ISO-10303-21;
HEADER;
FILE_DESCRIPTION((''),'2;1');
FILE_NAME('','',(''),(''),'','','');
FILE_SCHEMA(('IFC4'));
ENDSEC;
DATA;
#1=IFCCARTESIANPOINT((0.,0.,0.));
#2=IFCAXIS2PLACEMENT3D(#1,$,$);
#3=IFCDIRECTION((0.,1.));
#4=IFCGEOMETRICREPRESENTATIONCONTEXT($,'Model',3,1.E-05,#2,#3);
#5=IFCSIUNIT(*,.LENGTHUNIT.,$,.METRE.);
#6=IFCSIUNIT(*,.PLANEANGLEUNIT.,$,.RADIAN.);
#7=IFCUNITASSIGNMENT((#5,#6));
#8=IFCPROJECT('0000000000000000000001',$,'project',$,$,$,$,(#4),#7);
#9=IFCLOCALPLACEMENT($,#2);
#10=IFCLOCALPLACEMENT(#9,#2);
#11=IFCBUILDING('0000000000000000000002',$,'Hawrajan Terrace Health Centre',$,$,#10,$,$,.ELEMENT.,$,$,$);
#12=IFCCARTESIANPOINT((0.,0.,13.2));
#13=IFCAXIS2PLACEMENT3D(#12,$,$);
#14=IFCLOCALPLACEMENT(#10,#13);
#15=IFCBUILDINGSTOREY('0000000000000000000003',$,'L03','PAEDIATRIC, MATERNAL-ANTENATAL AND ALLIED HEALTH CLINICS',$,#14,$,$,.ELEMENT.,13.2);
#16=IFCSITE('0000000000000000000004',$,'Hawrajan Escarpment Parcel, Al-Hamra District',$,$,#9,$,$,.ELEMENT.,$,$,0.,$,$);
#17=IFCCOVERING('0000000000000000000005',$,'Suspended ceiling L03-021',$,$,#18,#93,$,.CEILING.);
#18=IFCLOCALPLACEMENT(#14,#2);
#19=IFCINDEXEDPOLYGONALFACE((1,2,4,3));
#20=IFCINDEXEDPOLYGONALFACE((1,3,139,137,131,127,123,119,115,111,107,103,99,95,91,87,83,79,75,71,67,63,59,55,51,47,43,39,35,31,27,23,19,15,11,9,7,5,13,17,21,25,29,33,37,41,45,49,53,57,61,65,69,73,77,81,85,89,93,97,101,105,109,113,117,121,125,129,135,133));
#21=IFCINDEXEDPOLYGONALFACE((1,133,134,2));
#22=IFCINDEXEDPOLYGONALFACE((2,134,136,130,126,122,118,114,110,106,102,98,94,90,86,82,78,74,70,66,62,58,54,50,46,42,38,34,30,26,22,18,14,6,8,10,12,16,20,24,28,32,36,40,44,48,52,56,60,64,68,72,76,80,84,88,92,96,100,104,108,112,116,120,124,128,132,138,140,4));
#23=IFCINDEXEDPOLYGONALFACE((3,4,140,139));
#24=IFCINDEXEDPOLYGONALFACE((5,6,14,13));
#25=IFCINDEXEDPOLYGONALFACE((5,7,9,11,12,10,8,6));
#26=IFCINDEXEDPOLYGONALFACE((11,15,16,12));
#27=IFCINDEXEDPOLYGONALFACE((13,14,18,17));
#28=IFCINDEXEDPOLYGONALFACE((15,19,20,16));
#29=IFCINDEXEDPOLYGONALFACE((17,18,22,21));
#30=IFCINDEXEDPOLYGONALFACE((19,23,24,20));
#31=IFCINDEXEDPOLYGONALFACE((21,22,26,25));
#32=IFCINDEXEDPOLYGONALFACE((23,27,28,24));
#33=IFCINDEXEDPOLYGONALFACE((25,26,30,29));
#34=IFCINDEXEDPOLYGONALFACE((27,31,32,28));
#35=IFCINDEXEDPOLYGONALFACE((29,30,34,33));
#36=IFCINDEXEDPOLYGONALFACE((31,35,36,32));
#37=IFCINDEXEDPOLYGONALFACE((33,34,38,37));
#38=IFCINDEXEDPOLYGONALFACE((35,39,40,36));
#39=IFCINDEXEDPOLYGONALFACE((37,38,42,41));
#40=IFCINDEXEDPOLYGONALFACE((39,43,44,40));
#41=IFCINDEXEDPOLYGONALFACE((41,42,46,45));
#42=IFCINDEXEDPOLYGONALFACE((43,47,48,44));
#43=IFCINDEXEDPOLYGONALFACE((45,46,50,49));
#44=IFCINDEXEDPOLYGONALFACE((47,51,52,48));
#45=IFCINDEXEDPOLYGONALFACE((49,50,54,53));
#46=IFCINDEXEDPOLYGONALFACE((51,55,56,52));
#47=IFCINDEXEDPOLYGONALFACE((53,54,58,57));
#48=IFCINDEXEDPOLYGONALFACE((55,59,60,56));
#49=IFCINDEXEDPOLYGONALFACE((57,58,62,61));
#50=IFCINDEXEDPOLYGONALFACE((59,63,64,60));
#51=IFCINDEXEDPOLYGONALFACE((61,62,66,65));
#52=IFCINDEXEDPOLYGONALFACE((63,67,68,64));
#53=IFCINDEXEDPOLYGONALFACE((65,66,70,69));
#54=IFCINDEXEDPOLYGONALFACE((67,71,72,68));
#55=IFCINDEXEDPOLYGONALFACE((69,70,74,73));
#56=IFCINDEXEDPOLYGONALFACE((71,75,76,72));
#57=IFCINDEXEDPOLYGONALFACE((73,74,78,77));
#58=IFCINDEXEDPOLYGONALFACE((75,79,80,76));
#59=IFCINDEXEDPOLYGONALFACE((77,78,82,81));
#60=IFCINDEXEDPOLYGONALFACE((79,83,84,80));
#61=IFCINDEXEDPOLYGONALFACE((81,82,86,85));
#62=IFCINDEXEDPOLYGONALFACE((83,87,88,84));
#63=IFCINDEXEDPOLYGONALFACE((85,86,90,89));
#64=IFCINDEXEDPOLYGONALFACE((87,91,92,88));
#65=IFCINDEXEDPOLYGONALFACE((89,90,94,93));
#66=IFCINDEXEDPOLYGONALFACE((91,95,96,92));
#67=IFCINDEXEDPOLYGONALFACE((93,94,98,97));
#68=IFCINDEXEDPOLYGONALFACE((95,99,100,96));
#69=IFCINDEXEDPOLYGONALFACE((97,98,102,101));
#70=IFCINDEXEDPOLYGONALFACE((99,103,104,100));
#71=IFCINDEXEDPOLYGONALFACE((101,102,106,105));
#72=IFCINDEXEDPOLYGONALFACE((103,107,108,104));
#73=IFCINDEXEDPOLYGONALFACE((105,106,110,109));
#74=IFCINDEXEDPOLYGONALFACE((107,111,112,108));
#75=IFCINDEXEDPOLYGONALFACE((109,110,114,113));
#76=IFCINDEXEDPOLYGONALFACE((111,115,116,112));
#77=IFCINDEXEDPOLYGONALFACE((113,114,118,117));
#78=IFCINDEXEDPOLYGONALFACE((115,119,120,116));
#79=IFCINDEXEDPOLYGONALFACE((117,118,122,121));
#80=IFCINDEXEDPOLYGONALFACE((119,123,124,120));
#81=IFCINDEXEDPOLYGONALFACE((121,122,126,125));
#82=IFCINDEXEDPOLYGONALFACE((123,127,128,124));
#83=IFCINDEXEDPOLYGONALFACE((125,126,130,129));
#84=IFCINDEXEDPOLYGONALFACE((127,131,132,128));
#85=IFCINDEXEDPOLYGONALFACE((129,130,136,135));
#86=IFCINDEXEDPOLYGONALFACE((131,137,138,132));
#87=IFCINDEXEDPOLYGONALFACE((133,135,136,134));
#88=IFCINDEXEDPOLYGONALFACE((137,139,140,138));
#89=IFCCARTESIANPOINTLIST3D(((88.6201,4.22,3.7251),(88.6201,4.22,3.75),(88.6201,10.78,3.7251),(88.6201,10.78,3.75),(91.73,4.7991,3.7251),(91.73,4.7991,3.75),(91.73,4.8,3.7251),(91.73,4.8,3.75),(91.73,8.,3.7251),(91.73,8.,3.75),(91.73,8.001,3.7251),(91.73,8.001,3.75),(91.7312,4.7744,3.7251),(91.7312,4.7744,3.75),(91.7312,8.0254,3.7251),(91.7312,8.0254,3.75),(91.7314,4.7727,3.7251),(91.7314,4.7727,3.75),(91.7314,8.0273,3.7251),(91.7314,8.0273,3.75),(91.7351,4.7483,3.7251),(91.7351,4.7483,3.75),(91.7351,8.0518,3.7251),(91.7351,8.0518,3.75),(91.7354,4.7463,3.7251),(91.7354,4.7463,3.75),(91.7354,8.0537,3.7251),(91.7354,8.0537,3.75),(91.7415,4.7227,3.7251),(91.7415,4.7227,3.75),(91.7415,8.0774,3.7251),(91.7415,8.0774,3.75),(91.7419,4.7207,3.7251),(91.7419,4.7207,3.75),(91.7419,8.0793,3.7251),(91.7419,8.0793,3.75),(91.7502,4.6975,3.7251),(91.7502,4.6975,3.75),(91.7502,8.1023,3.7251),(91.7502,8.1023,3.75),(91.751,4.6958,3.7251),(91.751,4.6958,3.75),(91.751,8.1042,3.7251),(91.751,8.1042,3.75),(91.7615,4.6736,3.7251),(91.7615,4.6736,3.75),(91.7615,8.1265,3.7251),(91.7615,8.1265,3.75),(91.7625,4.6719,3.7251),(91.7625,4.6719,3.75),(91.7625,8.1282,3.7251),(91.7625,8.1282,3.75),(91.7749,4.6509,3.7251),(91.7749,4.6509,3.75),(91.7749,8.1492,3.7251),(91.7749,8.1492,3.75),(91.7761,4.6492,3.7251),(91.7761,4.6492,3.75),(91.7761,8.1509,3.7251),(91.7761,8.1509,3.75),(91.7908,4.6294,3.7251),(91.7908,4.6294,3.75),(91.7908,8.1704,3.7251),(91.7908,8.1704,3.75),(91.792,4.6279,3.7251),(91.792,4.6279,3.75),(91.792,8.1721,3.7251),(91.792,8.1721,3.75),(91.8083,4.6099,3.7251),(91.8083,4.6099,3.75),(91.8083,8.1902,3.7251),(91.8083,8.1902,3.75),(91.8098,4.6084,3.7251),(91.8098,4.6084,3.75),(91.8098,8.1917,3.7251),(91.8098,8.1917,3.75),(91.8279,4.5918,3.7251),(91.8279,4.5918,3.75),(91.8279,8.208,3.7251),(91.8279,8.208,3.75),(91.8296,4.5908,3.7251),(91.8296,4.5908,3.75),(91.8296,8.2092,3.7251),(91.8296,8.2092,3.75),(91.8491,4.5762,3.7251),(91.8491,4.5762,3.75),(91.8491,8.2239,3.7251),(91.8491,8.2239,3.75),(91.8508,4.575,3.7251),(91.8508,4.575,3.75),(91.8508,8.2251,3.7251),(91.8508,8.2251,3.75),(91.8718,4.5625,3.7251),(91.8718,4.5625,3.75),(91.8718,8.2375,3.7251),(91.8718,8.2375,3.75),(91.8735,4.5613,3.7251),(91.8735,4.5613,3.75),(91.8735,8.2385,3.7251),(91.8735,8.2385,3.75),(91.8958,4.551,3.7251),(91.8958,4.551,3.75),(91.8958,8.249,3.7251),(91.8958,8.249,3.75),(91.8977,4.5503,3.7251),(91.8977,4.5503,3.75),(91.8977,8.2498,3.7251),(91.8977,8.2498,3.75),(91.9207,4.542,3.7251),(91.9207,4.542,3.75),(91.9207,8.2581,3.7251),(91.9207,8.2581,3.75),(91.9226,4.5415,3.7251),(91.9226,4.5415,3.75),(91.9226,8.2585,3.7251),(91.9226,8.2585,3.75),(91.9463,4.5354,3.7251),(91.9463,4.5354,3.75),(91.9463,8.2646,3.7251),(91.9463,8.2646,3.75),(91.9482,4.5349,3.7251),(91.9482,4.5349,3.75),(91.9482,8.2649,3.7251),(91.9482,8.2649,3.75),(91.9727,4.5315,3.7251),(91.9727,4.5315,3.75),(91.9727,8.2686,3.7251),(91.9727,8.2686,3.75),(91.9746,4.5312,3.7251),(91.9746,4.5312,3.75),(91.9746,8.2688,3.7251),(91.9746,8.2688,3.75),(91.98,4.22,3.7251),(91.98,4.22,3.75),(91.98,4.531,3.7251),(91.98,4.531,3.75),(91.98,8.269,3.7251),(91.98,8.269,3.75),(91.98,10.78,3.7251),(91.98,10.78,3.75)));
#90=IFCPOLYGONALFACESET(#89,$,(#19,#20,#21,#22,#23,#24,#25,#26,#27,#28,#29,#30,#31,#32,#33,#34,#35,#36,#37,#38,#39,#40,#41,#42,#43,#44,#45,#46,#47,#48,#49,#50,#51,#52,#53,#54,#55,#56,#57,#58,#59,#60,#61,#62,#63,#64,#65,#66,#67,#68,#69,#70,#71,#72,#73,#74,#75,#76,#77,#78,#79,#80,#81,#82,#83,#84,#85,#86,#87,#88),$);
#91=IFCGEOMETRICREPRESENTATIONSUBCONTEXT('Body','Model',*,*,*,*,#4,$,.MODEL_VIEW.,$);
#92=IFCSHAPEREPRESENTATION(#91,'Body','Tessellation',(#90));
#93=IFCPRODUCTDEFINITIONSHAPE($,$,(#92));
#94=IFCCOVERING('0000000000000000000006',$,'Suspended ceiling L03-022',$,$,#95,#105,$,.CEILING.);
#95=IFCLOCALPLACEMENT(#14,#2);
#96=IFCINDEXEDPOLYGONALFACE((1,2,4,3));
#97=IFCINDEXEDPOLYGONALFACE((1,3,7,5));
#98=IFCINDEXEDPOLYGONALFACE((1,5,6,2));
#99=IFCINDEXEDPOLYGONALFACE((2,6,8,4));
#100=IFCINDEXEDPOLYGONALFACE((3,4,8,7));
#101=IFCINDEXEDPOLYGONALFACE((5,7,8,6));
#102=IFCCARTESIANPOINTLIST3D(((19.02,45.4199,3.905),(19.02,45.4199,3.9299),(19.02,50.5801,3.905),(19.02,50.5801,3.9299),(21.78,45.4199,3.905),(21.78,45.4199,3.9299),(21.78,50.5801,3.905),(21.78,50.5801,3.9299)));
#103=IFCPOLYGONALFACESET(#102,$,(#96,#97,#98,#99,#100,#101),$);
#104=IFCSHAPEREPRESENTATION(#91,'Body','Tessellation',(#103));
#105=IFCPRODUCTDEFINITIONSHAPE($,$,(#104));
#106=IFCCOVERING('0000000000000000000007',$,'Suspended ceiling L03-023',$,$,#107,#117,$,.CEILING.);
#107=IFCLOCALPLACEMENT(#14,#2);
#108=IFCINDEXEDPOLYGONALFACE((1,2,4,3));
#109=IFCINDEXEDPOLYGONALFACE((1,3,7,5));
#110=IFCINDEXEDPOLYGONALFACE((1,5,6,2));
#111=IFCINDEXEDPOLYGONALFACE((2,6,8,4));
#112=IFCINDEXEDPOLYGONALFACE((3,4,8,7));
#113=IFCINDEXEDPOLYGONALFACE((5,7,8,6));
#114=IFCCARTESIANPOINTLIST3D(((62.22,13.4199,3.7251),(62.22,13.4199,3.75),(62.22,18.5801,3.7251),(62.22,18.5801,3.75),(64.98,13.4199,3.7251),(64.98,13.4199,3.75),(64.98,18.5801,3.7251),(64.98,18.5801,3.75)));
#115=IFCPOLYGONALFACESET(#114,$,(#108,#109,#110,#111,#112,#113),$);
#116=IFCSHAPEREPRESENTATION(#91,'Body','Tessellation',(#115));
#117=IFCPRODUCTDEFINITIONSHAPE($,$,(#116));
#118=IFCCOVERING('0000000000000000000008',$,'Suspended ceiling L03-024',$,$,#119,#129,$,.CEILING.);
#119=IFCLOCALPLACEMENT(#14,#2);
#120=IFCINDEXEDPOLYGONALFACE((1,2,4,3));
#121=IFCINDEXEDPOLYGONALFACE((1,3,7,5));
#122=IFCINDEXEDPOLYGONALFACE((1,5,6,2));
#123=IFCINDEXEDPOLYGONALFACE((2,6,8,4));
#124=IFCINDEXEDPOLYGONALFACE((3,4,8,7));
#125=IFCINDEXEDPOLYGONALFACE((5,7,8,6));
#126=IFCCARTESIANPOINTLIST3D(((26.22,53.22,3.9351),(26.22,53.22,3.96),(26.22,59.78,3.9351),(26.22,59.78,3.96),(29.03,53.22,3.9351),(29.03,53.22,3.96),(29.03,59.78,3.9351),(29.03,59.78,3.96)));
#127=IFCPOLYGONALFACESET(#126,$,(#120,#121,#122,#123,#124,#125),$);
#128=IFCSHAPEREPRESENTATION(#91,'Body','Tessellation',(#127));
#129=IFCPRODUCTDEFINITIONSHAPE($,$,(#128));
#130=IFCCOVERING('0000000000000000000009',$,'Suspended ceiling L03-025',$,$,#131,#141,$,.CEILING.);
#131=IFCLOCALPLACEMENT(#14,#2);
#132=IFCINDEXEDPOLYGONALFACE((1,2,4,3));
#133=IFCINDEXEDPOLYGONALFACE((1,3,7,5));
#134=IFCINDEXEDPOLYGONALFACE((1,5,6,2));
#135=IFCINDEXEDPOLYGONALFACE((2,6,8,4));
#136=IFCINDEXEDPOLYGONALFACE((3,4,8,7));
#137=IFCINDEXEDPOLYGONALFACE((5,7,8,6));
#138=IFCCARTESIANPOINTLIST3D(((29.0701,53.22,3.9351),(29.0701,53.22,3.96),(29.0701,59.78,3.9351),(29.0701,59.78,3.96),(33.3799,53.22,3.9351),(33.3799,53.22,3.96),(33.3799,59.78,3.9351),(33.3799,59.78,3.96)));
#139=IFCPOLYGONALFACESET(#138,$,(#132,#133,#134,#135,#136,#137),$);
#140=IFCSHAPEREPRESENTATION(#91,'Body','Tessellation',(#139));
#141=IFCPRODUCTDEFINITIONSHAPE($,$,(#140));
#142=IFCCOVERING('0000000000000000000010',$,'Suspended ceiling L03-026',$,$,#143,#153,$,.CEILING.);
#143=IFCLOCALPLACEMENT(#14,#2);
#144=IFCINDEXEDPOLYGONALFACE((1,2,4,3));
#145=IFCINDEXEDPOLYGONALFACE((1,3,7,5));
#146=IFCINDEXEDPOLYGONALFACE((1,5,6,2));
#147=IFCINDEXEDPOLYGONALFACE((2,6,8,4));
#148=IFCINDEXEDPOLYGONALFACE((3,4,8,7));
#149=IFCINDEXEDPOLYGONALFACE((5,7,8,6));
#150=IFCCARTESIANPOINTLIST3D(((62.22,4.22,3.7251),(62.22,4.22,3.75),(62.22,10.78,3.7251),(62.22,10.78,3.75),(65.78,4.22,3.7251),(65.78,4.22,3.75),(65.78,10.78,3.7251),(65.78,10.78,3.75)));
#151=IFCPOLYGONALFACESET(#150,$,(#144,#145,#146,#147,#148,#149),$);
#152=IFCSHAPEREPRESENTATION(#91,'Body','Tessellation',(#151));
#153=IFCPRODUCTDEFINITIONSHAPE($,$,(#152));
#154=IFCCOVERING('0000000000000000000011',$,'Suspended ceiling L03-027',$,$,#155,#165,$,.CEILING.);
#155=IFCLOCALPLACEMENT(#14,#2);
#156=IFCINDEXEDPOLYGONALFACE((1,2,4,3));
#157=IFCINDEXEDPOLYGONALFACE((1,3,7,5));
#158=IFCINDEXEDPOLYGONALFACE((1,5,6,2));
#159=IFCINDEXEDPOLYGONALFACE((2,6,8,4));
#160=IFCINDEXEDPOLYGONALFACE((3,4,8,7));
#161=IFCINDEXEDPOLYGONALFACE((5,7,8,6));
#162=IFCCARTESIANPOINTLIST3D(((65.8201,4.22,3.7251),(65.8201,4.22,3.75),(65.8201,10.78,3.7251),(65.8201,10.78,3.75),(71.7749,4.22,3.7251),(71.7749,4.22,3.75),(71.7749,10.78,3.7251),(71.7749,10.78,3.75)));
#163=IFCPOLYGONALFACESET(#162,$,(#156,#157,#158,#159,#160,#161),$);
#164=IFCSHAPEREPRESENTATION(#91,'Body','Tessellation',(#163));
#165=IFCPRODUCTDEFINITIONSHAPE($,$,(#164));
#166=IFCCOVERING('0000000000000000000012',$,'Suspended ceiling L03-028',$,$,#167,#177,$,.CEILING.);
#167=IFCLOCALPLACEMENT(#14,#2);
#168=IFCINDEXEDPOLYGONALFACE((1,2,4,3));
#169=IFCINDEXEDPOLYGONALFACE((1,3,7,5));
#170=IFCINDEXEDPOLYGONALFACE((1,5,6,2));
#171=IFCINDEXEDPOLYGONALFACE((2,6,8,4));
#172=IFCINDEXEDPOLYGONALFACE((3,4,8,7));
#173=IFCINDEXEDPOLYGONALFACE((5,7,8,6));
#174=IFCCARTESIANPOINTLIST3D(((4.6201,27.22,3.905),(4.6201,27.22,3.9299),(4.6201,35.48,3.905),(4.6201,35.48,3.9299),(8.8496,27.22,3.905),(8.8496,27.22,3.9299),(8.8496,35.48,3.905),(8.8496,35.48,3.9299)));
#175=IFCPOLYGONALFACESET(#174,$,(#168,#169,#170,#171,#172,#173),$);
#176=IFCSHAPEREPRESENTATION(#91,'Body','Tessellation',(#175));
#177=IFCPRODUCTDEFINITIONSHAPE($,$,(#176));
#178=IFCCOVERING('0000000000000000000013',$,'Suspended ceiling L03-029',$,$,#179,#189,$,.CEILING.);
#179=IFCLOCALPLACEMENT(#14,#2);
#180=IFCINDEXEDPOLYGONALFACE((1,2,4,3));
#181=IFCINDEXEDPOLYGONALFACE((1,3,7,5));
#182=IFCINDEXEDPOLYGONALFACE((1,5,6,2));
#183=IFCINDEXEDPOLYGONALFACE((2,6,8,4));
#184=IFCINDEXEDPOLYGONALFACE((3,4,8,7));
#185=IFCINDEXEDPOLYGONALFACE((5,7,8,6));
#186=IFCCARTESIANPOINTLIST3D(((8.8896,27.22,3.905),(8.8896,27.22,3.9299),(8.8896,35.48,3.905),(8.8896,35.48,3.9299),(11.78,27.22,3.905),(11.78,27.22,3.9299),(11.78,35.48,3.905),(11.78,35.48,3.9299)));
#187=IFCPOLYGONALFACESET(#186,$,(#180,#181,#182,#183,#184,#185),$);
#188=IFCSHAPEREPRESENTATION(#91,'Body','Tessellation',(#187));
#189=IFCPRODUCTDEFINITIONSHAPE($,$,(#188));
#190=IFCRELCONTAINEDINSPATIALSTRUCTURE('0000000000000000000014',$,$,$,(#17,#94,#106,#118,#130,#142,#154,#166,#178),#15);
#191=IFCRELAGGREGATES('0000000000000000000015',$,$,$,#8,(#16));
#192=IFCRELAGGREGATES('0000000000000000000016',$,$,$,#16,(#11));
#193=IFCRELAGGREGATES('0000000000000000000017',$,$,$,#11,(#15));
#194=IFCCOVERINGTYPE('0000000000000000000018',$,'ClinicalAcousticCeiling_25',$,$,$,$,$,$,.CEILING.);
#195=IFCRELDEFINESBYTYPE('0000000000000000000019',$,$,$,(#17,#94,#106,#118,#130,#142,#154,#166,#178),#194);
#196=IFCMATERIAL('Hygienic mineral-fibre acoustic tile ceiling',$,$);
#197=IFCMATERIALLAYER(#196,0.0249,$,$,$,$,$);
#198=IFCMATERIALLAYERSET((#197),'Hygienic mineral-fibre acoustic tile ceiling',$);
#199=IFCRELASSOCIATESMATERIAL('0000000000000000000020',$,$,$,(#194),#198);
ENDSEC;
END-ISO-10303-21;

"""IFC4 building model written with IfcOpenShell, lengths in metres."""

from ifc_helpers import new_model, si_unit, direction, frame, origin, place, context, subcontext, project, spatial, polyline, outline, extrude, material, layer, layer_set, type_object, element, save


model = new_model("IFC4")

# Units and contexts
model_context = context("Model", 3, precision=1e-05, world=origin(), true_north=direction((0.0, 1.0)))
body_context = subcontext(model_context, "Body", "Model", "MODEL_VIEW")
ifc_project = project(units=[si_unit("LENGTHUNIT", "METRE"), si_unit("PLANEANGLEUNIT", "RADIAN")], contexts=[model_context])

# Site, building, storey
site_placement = place(None, origin())
site = spatial("IfcSite", under=ifc_project, at=site_placement, Name="Hawrajan Escarpment Parcel, Al-Hamra District", CompositionType="ELEMENT", RefElevation=0.0)
building_placement = place(site_placement, origin())
building = spatial("IfcBuilding", under=site, at=building_placement, Name="Hawrajan Terrace Health Centre", CompositionType="ELEMENT")
storey_placement = place(building_placement, frame((0.0, 0.0, 13.2)))
storey = spatial("IfcBuildingStorey", under=building, at=storey_placement, Name="L03", Description="PAEDIATRIC, MATERNAL-ANTENATAL AND ALLIED HEALTH CLINICS", CompositionType="ELEMENT", Elevation=13.2)

# Coverings
ifc_material_1 = material(Name="Hygienic mineral-fibre acoustic tile ceiling")
ifc_layer_1 = layer(ifc_material_1, 0.0249)
ifc_layer_set_1 = layer_set([ifc_layer_1], Name="Hygienic mineral-fibre acoustic tile ceiling")
covering_type_1 = type_object("IfcCoveringType", Name="ClinicalAcousticCeiling_25", PredefinedType="CEILING", material=ifc_layer_set_1)
covering_1_placement = place(storey_placement, frame((0.0, 0.0, 3.7251)))
element("IfcCovering", 1, at=covering_1_placement, inside=storey, type_object=covering_type_1, Name="Suspended ceiling L03-021", PredefinedType="CEILING", context=body_context, shape_type="SweptSolid", body=[
    extrude(outline(polyline([(91.98, 4.22), (88.6201, 4.22), (88.6201, 10.78), (91.98, 10.78), (91.98, 8.269), (91.9746, 8.2688), (91.9727, 8.2686), (91.9482, 8.2649), (91.9463, 8.2646), (91.9226, 8.2585), (91.9207, 8.2581), (91.8977, 8.2498), (91.8958, 8.249), (91.8735, 8.2385), (91.8718, 8.2375), (91.8508, 8.2251), (91.8491, 8.2239), (91.8296, 8.2092), (91.8279, 8.208), (91.8098, 8.1917), (91.8083, 8.1902), (91.792, 8.1721), (91.7908, 8.1704), (91.7761, 8.1509), (91.7749, 8.1492), (91.7625, 8.1282), (91.7615, 8.1265), (91.751, 8.1042), (91.7502, 8.1023), (91.7419, 8.0793), (91.7415, 8.0774), (91.7354, 8.0537), (91.7351, 8.0518), (91.7314, 8.0273), (91.7312, 8.0254), (91.73, 8.001), (91.73, 8.0), (91.73, 4.8), (91.73, 4.7991), (91.7312, 4.7744), (91.7314, 4.7727), (91.7351, 4.7483), (91.7354, 4.7463), (91.7415, 4.7227), (91.7419, 4.7207), (91.7502, 4.6975), (91.751, 4.6958), (91.7615, 4.6736), (91.7625, 4.6719), (91.7749, 4.6509), (91.7761, 4.6492), (91.7908, 4.6294), (91.792, 4.6279), (91.8083, 4.6099), (91.8098, 4.6084), (91.8279, 4.5918), (91.8296, 4.5908), (91.8491, 4.5762), (91.8508, 4.575), (91.8718, 4.5625), (91.8735, 4.5613), (91.8958, 4.551), (91.8977, 4.5503), (91.9207, 4.542), (91.9226, 4.5415), (91.9463, 4.5354), (91.9482, 4.5349), (91.9727, 4.5315), (91.9746, 4.5312), (91.98, 4.531), (91.98, 4.22)])), origin(), (0.0, 0.0, 1.0), 0.0249),
])
covering_2_placement = place(storey_placement, frame((0.0, 0.0, 3.905)))
element("IfcCovering", 2, at=covering_2_placement, inside=storey, type_object=covering_type_1, Name="Suspended ceiling L03-022", PredefinedType="CEILING", context=body_context, shape_type="SweptSolid", body=[
    extrude(outline(polyline([(19.02, 50.5801), (21.78, 50.5801), (21.78, 45.4199), (19.02, 45.4199), (19.02, 50.5801)])), origin(), (0.0, 0.0, 1.0), 0.0249),
])
covering_3_placement = place(storey_placement, frame((0.0, 0.0, 3.7251)))
element("IfcCovering", 3, at=covering_3_placement, inside=storey, type_object=covering_type_1, Name="Suspended ceiling L03-023", PredefinedType="CEILING", context=body_context, shape_type="SweptSolid", body=[
    extrude(outline(polyline([(62.22, 18.5801), (64.98, 18.5801), (64.98, 13.4199), (62.22, 13.4199), (62.22, 18.5801)])), origin(), (0.0, 0.0, 1.0), 0.0249),
])
covering_4_placement = place(storey_placement, frame((0.0, 0.0, 3.9351)))
element("IfcCovering", 4, at=covering_4_placement, inside=storey, type_object=covering_type_1, Name="Suspended ceiling L03-024", PredefinedType="CEILING", context=body_context, shape_type="SweptSolid", body=[
    extrude(outline(polyline([(26.22, 59.78), (29.03, 59.78), (29.03, 53.22), (26.22, 53.22), (26.22, 59.78)])), origin(), (0.0, 0.0, 1.0), 0.0249),
])
covering_5_placement = place(storey_placement, frame((0.0, 0.0, 3.9351)))
element("IfcCovering", 5, at=covering_5_placement, inside=storey, type_object=covering_type_1, Name="Suspended ceiling L03-025", PredefinedType="CEILING", context=body_context, shape_type="SweptSolid", body=[
    extrude(outline(polyline([(29.0701, 59.78), (33.3799, 59.78), (33.3799, 53.22), (29.0701, 53.22), (29.0701, 59.78)])), origin(), (0.0, 0.0, 1.0), 0.0249),
])
covering_6_placement = place(storey_placement, frame((0.0, 0.0, 3.7251)))
element("IfcCovering", 6, at=covering_6_placement, inside=storey, type_object=covering_type_1, Name="Suspended ceiling L03-026", PredefinedType="CEILING", context=body_context, shape_type="SweptSolid", body=[
    extrude(outline(polyline([(62.22, 10.78), (65.78, 10.78), (65.78, 4.22), (62.22, 4.22), (62.22, 10.78)])), origin(), (0.0, 0.0, 1.0), 0.0249),
])
covering_7_placement = place(storey_placement, frame((0.0, 0.0, 3.7251)))
element("IfcCovering", 7, at=covering_7_placement, inside=storey, type_object=covering_type_1, Name="Suspended ceiling L03-027", PredefinedType="CEILING", context=body_context, shape_type="SweptSolid", body=[
    extrude(outline(polyline([(65.8201, 10.78), (71.7749, 10.78), (71.7749, 4.22), (65.8201, 4.22), (65.8201, 10.78)])), origin(), (0.0, 0.0, 1.0), 0.0249),
])
covering_8_placement = place(storey_placement, frame((0.0, 0.0, 3.905)))
element("IfcCovering", 8, at=covering_8_placement, inside=storey, type_object=covering_type_1, Name="Suspended ceiling L03-028", PredefinedType="CEILING", context=body_context, shape_type="SweptSolid", body=[
    extrude(outline(polyline([(4.6201, 35.48), (8.8496, 35.48), (8.8496, 27.22), (4.6201, 27.22), (4.6201, 35.48)])), origin(), (0.0, 0.0, 1.0), 0.0249),
])
covering_9_placement = place(storey_placement, frame((0.0, 0.0, 3.905)))
element("IfcCovering", 9, at=covering_9_placement, inside=storey, type_object=covering_type_1, Name="Suspended ceiling L03-029", PredefinedType="CEILING", context=body_context, shape_type="SweptSolid", body=[
    extrude(outline(polyline([(8.8896, 35.48), (11.78, 35.48), (11.78, 27.22), (8.8896, 27.22), (8.8896, 35.48)])), origin(), (0.0, 0.0, 1.0), 0.0249),
])

save(model, "model.ifc")
